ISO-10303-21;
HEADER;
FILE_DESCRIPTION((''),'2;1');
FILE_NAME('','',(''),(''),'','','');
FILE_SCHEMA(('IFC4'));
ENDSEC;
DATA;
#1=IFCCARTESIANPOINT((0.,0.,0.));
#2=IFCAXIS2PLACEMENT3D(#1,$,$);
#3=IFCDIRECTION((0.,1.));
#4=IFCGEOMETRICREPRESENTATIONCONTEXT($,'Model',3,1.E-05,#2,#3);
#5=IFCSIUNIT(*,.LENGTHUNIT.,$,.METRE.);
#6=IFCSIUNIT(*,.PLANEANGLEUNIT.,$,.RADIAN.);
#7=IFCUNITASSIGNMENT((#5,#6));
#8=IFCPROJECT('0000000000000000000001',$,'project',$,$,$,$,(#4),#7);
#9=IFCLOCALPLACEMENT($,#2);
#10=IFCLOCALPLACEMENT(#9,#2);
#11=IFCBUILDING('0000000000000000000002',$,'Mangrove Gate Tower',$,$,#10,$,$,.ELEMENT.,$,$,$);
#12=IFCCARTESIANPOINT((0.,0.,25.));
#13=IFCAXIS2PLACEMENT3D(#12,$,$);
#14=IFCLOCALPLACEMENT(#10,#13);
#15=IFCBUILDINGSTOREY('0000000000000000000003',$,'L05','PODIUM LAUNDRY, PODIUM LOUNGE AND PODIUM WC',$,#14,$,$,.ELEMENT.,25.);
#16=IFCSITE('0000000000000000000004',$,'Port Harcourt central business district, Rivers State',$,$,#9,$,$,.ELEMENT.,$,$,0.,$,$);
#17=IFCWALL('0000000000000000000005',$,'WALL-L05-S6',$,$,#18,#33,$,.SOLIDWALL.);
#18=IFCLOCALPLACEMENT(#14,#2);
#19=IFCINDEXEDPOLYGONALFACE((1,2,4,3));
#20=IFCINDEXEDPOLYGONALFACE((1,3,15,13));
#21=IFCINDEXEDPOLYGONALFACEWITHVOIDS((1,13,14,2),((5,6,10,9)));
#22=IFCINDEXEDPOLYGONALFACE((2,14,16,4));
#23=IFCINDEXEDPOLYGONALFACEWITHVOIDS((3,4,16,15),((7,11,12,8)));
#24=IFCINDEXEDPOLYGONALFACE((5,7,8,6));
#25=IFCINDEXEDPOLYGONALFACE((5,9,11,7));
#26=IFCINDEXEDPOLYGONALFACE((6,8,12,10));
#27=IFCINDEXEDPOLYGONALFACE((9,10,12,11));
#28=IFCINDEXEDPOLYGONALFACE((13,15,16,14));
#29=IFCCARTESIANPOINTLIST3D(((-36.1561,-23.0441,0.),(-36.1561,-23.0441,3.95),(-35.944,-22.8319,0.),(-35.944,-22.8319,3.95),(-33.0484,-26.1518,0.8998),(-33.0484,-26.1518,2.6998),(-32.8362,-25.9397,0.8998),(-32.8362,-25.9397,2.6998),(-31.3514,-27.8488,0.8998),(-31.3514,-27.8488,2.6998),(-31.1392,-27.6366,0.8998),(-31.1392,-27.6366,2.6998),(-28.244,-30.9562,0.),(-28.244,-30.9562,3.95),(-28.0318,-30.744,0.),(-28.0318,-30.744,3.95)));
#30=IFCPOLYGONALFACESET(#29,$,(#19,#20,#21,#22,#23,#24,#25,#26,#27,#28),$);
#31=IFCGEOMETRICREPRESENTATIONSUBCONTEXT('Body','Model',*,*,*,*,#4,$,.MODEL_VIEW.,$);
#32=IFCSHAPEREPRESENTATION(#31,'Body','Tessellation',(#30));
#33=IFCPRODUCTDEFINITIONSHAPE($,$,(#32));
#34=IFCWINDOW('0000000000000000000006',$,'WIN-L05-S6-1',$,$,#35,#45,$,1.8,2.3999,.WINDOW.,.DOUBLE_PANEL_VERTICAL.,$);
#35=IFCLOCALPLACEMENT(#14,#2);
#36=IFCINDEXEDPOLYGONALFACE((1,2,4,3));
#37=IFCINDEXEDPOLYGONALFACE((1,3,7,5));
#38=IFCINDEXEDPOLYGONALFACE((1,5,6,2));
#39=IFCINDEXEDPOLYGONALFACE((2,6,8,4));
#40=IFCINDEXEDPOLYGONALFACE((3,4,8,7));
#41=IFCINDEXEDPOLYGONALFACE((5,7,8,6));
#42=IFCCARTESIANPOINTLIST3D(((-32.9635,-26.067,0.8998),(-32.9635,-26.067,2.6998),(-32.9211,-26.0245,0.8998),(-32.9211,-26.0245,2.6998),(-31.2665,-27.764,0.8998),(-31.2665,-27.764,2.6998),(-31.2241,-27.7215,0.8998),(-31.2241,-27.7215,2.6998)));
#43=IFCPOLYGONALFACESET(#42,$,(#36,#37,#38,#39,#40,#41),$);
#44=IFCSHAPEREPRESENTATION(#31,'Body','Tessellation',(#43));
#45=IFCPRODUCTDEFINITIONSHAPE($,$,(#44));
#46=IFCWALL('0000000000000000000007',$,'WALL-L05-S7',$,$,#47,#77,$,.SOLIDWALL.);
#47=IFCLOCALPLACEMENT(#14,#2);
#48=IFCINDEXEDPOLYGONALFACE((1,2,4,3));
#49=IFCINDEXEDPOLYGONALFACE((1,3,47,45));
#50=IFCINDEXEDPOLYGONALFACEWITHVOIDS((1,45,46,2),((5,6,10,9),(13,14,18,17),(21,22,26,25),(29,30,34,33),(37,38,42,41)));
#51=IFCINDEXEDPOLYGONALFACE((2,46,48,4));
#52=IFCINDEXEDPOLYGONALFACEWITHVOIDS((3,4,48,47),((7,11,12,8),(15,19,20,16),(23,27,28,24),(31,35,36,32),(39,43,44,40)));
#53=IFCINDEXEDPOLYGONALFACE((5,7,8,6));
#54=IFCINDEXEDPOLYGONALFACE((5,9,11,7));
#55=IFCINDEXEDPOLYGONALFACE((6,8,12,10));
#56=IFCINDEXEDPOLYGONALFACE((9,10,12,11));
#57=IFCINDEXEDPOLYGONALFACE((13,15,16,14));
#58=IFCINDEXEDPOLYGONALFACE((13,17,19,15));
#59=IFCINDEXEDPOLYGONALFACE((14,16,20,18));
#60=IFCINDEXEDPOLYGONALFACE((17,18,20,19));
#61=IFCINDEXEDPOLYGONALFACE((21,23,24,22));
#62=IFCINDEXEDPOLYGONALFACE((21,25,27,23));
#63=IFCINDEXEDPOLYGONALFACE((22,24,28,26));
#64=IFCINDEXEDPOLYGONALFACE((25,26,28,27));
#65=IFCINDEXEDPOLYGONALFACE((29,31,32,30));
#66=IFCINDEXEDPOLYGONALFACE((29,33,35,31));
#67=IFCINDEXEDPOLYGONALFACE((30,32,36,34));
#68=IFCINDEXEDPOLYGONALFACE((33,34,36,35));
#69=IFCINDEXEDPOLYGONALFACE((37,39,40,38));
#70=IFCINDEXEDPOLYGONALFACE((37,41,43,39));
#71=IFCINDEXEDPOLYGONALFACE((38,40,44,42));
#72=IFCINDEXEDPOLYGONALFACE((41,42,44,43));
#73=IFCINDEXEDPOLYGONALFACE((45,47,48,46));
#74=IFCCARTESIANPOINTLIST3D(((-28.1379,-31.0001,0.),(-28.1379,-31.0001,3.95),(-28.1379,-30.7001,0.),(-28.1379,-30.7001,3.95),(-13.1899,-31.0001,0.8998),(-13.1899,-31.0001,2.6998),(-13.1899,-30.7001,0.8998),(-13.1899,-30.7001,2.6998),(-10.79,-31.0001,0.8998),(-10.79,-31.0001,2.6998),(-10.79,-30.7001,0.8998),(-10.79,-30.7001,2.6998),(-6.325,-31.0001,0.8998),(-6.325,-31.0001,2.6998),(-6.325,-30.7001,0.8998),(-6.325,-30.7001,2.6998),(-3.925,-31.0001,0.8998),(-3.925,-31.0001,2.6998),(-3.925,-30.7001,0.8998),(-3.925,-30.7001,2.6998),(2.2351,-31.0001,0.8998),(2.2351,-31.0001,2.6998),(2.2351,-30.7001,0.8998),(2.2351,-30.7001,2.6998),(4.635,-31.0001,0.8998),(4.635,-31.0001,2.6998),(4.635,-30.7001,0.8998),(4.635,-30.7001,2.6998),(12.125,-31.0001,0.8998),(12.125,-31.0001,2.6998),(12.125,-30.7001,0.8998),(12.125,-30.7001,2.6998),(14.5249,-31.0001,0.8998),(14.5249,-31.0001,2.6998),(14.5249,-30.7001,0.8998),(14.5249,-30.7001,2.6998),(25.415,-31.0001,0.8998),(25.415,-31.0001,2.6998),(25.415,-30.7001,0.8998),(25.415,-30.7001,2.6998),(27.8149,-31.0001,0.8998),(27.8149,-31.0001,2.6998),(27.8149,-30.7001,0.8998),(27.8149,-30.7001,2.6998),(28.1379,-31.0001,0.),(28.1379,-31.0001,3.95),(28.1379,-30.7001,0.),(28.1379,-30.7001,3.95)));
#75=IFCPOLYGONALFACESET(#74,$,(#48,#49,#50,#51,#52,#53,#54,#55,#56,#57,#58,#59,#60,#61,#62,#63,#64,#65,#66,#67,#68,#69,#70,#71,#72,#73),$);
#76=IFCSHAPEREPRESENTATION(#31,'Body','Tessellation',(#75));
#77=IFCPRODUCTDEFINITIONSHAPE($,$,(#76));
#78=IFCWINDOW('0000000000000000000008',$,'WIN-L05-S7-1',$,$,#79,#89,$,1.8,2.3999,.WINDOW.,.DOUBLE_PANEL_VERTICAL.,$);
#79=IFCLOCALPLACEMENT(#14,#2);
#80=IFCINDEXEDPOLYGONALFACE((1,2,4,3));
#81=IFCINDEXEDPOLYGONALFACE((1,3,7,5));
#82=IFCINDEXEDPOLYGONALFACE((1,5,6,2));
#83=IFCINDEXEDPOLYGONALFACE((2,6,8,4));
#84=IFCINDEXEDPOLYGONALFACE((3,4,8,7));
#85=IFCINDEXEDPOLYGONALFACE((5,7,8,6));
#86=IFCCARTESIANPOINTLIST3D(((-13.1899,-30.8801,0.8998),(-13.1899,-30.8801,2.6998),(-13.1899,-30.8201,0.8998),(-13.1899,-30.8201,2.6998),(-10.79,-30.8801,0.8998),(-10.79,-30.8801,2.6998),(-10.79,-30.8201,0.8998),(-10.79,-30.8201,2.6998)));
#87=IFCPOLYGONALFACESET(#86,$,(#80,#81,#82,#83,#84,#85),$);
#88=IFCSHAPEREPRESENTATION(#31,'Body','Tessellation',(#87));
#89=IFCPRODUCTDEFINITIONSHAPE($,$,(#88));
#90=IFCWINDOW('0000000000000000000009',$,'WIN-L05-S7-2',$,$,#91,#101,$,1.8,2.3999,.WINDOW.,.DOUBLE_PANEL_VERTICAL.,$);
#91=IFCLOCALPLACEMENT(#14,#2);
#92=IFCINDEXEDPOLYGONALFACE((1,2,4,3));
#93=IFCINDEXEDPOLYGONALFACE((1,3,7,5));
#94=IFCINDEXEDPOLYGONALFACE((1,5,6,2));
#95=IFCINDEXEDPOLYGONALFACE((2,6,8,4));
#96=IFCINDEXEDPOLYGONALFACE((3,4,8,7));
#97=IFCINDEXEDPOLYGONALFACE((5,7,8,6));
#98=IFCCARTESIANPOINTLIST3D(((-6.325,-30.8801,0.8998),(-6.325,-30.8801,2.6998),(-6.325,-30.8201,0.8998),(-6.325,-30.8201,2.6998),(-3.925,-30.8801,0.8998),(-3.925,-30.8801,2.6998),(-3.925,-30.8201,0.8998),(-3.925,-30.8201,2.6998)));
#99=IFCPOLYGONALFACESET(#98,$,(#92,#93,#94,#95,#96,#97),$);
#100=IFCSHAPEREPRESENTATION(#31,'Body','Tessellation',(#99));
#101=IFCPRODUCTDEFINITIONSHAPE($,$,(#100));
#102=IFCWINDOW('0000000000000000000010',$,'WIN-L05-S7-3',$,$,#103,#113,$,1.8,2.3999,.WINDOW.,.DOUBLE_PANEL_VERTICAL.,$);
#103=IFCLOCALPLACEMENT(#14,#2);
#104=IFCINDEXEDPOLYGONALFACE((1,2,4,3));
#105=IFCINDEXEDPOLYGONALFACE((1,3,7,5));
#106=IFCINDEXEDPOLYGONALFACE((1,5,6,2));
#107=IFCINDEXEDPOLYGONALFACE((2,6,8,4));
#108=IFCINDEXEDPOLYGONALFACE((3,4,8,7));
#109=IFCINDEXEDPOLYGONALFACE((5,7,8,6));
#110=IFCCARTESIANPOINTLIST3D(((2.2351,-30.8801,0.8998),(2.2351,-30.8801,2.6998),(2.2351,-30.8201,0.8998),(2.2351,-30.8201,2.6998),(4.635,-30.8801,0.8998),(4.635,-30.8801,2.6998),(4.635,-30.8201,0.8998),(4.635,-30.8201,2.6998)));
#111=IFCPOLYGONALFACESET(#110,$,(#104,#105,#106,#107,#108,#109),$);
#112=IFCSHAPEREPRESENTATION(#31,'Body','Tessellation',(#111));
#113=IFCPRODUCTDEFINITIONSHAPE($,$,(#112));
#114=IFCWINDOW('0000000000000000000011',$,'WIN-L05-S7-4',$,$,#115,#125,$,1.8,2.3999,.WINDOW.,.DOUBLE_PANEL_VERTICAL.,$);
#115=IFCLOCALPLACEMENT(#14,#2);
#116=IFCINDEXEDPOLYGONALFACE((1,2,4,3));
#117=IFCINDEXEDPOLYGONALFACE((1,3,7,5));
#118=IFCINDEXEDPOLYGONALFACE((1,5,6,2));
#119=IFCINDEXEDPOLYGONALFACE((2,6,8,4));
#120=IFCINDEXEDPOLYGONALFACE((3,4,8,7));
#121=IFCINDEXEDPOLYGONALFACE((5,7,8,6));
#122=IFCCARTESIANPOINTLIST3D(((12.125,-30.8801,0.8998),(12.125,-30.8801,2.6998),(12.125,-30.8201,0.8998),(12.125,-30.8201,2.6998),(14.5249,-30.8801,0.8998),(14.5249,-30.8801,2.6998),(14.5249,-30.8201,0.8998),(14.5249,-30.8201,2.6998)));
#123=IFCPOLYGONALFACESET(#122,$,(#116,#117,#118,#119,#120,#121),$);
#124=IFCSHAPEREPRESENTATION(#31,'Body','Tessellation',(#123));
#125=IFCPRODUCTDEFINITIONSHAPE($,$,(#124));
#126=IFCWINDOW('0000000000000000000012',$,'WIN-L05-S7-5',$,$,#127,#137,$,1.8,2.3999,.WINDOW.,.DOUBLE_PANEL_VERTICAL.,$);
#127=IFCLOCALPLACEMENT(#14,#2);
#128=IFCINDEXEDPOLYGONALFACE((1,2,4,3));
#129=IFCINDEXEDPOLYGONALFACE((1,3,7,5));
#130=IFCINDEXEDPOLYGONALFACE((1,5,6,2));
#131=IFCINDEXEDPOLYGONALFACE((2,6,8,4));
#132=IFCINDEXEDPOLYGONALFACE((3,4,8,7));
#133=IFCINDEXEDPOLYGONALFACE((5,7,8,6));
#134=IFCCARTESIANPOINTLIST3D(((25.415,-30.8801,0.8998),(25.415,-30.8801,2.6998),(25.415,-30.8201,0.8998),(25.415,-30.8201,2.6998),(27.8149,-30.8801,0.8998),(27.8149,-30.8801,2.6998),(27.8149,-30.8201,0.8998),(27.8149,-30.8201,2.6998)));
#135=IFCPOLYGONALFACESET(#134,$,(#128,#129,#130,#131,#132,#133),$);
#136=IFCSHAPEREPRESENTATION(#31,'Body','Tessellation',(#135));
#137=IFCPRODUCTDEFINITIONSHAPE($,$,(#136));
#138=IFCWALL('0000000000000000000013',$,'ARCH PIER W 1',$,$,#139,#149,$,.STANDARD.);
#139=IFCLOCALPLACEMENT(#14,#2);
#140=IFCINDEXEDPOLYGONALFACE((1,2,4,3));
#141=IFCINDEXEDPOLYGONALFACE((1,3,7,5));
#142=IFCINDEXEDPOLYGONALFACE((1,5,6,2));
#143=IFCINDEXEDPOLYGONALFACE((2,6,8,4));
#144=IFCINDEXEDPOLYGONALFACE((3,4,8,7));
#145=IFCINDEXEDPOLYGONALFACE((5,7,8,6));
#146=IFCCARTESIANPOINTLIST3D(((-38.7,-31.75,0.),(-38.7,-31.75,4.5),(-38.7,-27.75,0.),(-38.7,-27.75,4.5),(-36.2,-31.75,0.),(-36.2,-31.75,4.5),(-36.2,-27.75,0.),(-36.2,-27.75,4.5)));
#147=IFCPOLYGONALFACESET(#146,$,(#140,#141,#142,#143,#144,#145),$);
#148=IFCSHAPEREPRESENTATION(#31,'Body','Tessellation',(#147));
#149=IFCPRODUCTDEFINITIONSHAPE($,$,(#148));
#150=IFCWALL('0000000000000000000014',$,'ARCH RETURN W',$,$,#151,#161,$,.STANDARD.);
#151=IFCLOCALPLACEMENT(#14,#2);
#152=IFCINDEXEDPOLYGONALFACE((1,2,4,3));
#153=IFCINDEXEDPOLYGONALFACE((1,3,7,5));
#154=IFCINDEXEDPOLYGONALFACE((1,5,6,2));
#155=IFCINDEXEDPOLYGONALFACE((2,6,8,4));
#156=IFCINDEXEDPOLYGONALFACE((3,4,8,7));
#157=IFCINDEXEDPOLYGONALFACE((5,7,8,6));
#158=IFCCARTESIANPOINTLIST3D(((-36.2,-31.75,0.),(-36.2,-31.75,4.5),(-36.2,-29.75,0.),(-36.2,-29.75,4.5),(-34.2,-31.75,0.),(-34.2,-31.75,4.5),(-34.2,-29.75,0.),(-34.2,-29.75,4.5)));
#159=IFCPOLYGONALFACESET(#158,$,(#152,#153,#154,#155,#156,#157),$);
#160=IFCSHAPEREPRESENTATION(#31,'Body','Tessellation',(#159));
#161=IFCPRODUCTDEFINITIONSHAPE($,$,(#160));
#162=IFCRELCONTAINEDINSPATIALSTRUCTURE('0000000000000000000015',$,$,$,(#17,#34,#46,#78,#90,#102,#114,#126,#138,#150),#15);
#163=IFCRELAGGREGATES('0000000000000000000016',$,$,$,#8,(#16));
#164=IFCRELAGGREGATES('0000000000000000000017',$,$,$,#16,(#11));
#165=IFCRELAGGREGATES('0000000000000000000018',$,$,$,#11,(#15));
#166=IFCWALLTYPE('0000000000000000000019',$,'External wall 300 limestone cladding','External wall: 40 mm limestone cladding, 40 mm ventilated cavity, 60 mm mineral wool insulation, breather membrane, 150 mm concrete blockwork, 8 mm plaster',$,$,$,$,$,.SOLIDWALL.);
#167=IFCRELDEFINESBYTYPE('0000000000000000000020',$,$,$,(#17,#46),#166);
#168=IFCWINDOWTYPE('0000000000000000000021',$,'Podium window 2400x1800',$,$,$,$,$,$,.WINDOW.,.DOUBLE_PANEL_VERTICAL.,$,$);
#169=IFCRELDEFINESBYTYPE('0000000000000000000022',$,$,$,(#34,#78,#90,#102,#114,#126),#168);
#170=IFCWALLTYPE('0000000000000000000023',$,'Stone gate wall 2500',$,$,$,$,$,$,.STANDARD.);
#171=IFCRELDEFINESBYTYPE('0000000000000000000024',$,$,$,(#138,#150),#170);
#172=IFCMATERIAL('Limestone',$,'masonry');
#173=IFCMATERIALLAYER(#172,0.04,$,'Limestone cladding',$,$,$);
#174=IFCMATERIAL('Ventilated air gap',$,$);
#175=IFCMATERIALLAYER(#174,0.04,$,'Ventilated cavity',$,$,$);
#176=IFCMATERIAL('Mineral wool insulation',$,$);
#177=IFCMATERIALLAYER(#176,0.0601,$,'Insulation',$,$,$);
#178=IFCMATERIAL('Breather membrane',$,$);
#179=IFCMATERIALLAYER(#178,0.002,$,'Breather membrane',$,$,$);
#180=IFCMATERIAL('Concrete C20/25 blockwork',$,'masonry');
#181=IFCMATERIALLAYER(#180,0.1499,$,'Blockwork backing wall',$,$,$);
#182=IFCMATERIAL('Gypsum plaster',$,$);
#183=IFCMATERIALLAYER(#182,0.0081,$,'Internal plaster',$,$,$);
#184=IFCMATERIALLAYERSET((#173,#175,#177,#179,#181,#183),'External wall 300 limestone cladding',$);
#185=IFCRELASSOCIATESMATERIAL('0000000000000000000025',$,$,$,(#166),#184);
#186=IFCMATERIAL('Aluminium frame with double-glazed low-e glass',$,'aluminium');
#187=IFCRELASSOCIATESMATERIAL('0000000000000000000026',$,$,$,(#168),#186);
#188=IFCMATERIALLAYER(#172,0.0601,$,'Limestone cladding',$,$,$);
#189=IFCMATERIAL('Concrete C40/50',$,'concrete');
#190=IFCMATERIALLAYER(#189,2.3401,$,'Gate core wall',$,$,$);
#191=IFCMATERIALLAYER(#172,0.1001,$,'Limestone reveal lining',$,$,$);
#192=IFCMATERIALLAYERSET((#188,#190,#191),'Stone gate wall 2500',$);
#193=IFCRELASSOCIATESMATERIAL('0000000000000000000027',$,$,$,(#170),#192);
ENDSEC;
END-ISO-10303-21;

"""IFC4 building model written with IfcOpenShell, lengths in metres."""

from ifc_helpers import new_model, si_unit, direction, frame, frame_2d, origin, place, context, subcontext, project, spatial, rectangle, extrude, material, layer, layer_set, type_object, element, fill, save


model = new_model("IFC4")

# Units and contexts
model_context = context("Model", 3, precision=1e-05, world=origin(), true_north=direction((0.0, 1.0)))
body_context = subcontext(model_context, "Body", "Model", "MODEL_VIEW")
ifc_project = project(units=[si_unit("LENGTHUNIT", "METRE"), si_unit("PLANEANGLEUNIT", "RADIAN")], contexts=[model_context])

# Site, building, storey
site_placement = place(None, origin())
site = spatial("IfcSite", under=ifc_project, at=site_placement, Name="Port Harcourt central business district, Rivers State", CompositionType="ELEMENT", RefElevation=0.0)
building_placement = place(site_placement, origin())
building = spatial("IfcBuilding", under=site, at=building_placement, Name="Mangrove Gate Tower", CompositionType="ELEMENT")
storey_placement = place(building_placement, frame((0.0, 0.0, 25.0)))
storey = spatial("IfcBuildingStorey", under=building, at=storey_placement, Name="L05", Description="PODIUM LAUNDRY, PODIUM LOUNGE AND PODIUM WC", CompositionType="ELEMENT", Elevation=25.0)

# Wall, opening, window
ifc_material_1 = material(Name="Limestone", Category="masonry")
ifc_layer_1 = layer(ifc_material_1, 0.04, Name="Limestone cladding")
ifc_material_2 = material(Name="Ventilated air gap")
ifc_layer_2 = layer(ifc_material_2, 0.04, Name="Ventilated cavity")
ifc_material_3 = material(Name="Mineral wool insulation")
ifc_layer_3 = layer(ifc_material_3, 0.0601, Name="Insulation")
ifc_material_4 = material(Name="Breather membrane")
ifc_layer_4 = layer(ifc_material_4, 0.002, Name="Breather membrane")
ifc_material_5 = material(Name="Concrete C20/25 blockwork", Category="masonry")
ifc_layer_5 = layer(ifc_material_5, 0.1499, Name="Blockwork backing wall")
ifc_material_6 = material(Name="Gypsum plaster")
ifc_layer_6 = layer(ifc_material_6, 0.0081, Name="Internal plaster")
ifc_layer_set_1 = layer_set([ifc_layer_1, ifc_layer_2, ifc_layer_3, ifc_layer_4, ifc_layer_5, ifc_layer_6], Name="External wall 300 limestone cladding")
wall_type_1 = type_object("IfcWallType", Name="External wall 300 limestone cladding", Description="External wall: 40 mm limestone cladding, 40 mm ventilated cavity, 60 mm mineral wool insulation, breather membrane, 150 mm concrete blockwork, 8 mm plaster", PredefinedType="SOLIDWALL", material=ifc_layer_set_1)
wall_1_placement = place(storey_placement, frame((-36.05, -22.938, 0.0), z_axis=(0.0, 0.0, 1.0), x_axis=(0.707107, -0.707107, 0.0)))
wall_1 = element("IfcWall", 1, at=wall_1_placement, inside=storey, type_object=wall_type_1, Name="WALL-L05-S6", PredefinedType="SOLIDWALL", context=body_context, shape_type="SweptSolid", body=[
    extrude(rectangle(XDim=11.1895, YDim=0.3, at=frame_2d((5.5947, 0.0))), origin(), (0.0, 0.0, 1.0), 3.95),
])
opening_1_placement = place(wall_1_placement, frame((4.395, 0.0, 0.8999)))
opening_1 = element("IfcOpeningElement", 2, at=opening_1_placement, cuts=wall_1, PredefinedType="OPENING", context=body_context, shape_type="SweptSolid", body=[
    extrude(rectangle(XDim=2.3999, YDim=1.8, at=frame_2d((1.2, 0.8999))), frame((0.0, 0.1599, 0.0), z_axis=(0.0, -1.0, 0.0), x_axis=(1.0, 0.0, 0.0)), (0.0, 0.0, 1.0), 0.3201),
])
ifc_material_7 = material(Name="Aluminium frame with double-glazed low-e glass", Category="aluminium")
window_type = type_object("IfcWindowType", Name="Podium window 2400x1800", PartitioningType="DOUBLE_PANEL_VERTICAL", PredefinedType="WINDOW", material=ifc_material_7)
window_1_placement = place(opening_1_placement, origin())
window_1 = element("IfcWindow", 3, at=window_1_placement, inside=storey, type_object=window_type, Name="WIN-L05-S6-1", OverallHeight=1.8, OverallWidth=2.3999, PartitioningType="DOUBLE_PANEL_VERTICAL", PredefinedType="WINDOW", context=body_context, shape_type="SweptSolid", body=[
    extrude(rectangle(XDim=2.3999, YDim=1.8, at=frame_2d((1.2, 0.8999))), frame((0.0, 0.03, 0.0), z_axis=(0.0, -1.0, 0.0), x_axis=(1.0, 0.0, 0.0)), (0.0, 0.0, 1.0), 0.0601),
])
fill(opening_1, window_1)

# Wall, openings, windows
wall_2_placement = place(storey_placement, frame((-28.1379, -30.8501, 0.0), z_axis=(0.0, 0.0, 1.0), x_axis=(1.0, 0.0, 0.0)))
wall_2 = element("IfcWall", 4, at=wall_2_placement, inside=storey, type_object=wall_type_1, Name="WALL-L05-S7", PredefinedType="SOLIDWALL", context=body_context, shape_type="SweptSolid", body=[
    extrude(rectangle(XDim=56.2759, YDim=0.3, at=frame_2d((28.1379, 0.0))), origin(), (0.0, 0.0, 1.0), 3.95),
])
opening_2_placement = place(wall_2_placement, frame((14.948, 0.0, 0.8999)))
opening_2 = element("IfcOpeningElement", 5, at=opening_2_placement, cuts=wall_2, PredefinedType="OPENING", context=body_context, shape_type="SweptSolid", body=[
    extrude(rectangle(XDim=2.3999, YDim=1.8, at=frame_2d((1.2, 0.8999))), frame((0.0, 0.1599, 0.0), z_axis=(0.0, -1.0, 0.0), x_axis=(1.0, 0.0, 0.0)), (0.0, 0.0, 1.0), 0.3201),
])
opening_3_placement = place(wall_2_placement, frame((21.813, 0.0, 0.8999)))
opening_3 = element("IfcOpeningElement", 6, at=opening_3_placement, cuts=wall_2, PredefinedType="OPENING", context=body_context, shape_type="SweptSolid", body=[
    extrude(rectangle(XDim=2.3999, YDim=1.8, at=frame_2d((1.2, 0.8999))), frame((0.0, 0.1599, 0.0), z_axis=(0.0, -1.0, 0.0), x_axis=(1.0, 0.0, 0.0)), (0.0, 0.0, 1.0), 0.3201),
])
opening_4_placement = place(wall_2_placement, frame((30.373, 0.0, 0.8999)))
opening_4 = element("IfcOpeningElement", 7, at=opening_4_placement, cuts=wall_2, PredefinedType="OPENING", context=body_context, shape_type="SweptSolid", body=[
    extrude(rectangle(XDim=2.3999, YDim=1.8, at=frame_2d((1.2, 0.8999))), frame((0.0, 0.1599, 0.0), z_axis=(0.0, -1.0, 0.0), x_axis=(1.0, 0.0, 0.0)), (0.0, 0.0, 1.0), 0.3201),
])
opening_5_placement = place(wall_2_placement, frame((40.2629, 0.0, 0.8999)))
opening_5 = element("IfcOpeningElement", 8, at=opening_5_placement, cuts=wall_2, PredefinedType="OPENING", context=body_context, shape_type="SweptSolid", body=[
    extrude(rectangle(XDim=2.3999, YDim=1.8, at=frame_2d((1.2, 0.8999))), frame((0.0, 0.1599, 0.0), z_axis=(0.0, -1.0, 0.0), x_axis=(1.0, 0.0, 0.0)), (0.0, 0.0, 1.0), 0.3201),
])
opening_6_placement = place(wall_2_placement, frame((53.553, 0.0, 0.8999)))
opening_6 = element("IfcOpeningElement", 9, at=opening_6_placement, cuts=wall_2, PredefinedType="OPENING", context=body_context, shape_type="SweptSolid", body=[
    extrude(rectangle(XDim=2.3999, YDim=1.8, at=frame_2d((1.2, 0.8999))), frame((0.0, 0.1599, 0.0), z_axis=(0.0, -1.0, 0.0), x_axis=(1.0, 0.0, 0.0)), (0.0, 0.0, 1.0), 0.3201),
])
window_2_placement = place(opening_2_placement, origin())
window_2 = element("IfcWindow", 10, at=window_2_placement, inside=storey, type_object=window_type, Name="WIN-L05-S7-1", OverallHeight=1.8, OverallWidth=2.3999, PartitioningType="DOUBLE_PANEL_VERTICAL", PredefinedType="WINDOW", context=body_context, shape_type="SweptSolid", body=[
    extrude(rectangle(XDim=2.3999, YDim=1.8, at=frame_2d((1.2, 0.8999))), frame((0.0, 0.03, 0.0), z_axis=(0.0, -1.0, 0.0), x_axis=(1.0, 0.0, 0.0)), (0.0, 0.0, 1.0), 0.0601),
])
fill(opening_2, window_2)
window_3_placement = place(opening_3_placement, origin())
window_3 = element("IfcWindow", 11, at=window_3_placement, inside=storey, type_object=window_type, Name="WIN-L05-S7-2", OverallHeight=1.8, OverallWidth=2.3999, PartitioningType="DOUBLE_PANEL_VERTICAL", PredefinedType="WINDOW", context=body_context, shape_type="SweptSolid", body=[
    extrude(rectangle(XDim=2.3999, YDim=1.8, at=frame_2d((1.2, 0.8999))), frame((0.0, 0.03, 0.0), z_axis=(0.0, -1.0, 0.0), x_axis=(1.0, 0.0, 0.0)), (0.0, 0.0, 1.0), 0.0601),
])
fill(opening_3, window_3)
window_4_placement = place(opening_4_placement, origin())
window_4 = element("IfcWindow", 12, at=window_4_placement, inside=storey, type_object=window_type, Name="WIN-L05-S7-3", OverallHeight=1.8, OverallWidth=2.3999, PartitioningType="DOUBLE_PANEL_VERTICAL", PredefinedType="WINDOW", context=body_context, shape_type="SweptSolid", body=[
    extrude(rectangle(XDim=2.3999, YDim=1.8, at=frame_2d((1.2, 0.8999))), frame((0.0, 0.03, 0.0), z_axis=(0.0, -1.0, 0.0), x_axis=(1.0, 0.0, 0.0)), (0.0, 0.0, 1.0), 0.0601),
])
fill(opening_4, window_4)
window_5_placement = place(opening_5_placement, origin())
window_5 = element("IfcWindow", 13, at=window_5_placement, inside=storey, type_object=window_type, Name="WIN-L05-S7-4", OverallHeight=1.8, OverallWidth=2.3999, PartitioningType="DOUBLE_PANEL_VERTICAL", PredefinedType="WINDOW", context=body_context, shape_type="SweptSolid", body=[
    extrude(rectangle(XDim=2.3999, YDim=1.8, at=frame_2d((1.2, 0.8999))), frame((0.0, 0.03, 0.0), z_axis=(0.0, -1.0, 0.0), x_axis=(1.0, 0.0, 0.0)), (0.0, 0.0, 1.0), 0.0601),
])
fill(opening_5, window_5)
window_6_placement = place(opening_6_placement, origin())
window_6 = element("IfcWindow", 14, at=window_6_placement, inside=storey, type_object=window_type, Name="WIN-L05-S7-5", OverallHeight=1.8, OverallWidth=2.3999, PartitioningType="DOUBLE_PANEL_VERTICAL", PredefinedType="WINDOW", context=body_context, shape_type="SweptSolid", body=[
    extrude(rectangle(XDim=2.3999, YDim=1.8, at=frame_2d((1.2, 0.8999))), frame((0.0, 0.03, 0.0), z_axis=(0.0, -1.0, 0.0), x_axis=(1.0, 0.0, 0.0)), (0.0, 0.0, 1.0), 0.0601),
])
fill(opening_6, window_6)

# Walls
ifc_layer_7 = layer(ifc_material_1, 0.0601, Name="Limestone cladding")
ifc_material_8 = material(Name="Concrete C40/50", Category="concrete")
ifc_layer_8 = layer(ifc_material_8, 2.3401, Name="Gate core wall")
ifc_layer_9 = layer(ifc_material_1, 0.1001, Name="Limestone reveal lining")
ifc_layer_set_2 = layer_set([ifc_layer_7, ifc_layer_8, ifc_layer_9], Name="Stone gate wall 2500")
wall_type_2 = type_object("IfcWallType", Name="Stone gate wall 2500", PredefinedType="STANDARD", material=ifc_layer_set_2)
wall_3_placement = place(storey_placement, frame((-37.45, -31.75, 0.0), z_axis=(0.0, 0.0, 1.0), x_axis=(0.0, 1.0, 0.0)))
element("IfcWall", 15, at=wall_3_placement, inside=storey, type_object=wall_type_2, Name="ARCH PIER W 1", PredefinedType="STANDARD", context=body_context, shape_type="SweptSolid", body=[
    extrude(rectangle(XDim=4.0, YDim=2.5, at=frame_2d((2.0, 0.0))), origin(), (0.0, 0.0, 1.0), 4.5),
])
wall_4_placement = place(storey_placement, frame((-34.2, -30.75, 0.0), z_axis=(0.0, 0.0, 1.0), x_axis=(-1.0, 0.0, 0.0)))
element("IfcWall", 16, at=wall_4_placement, inside=storey, type_object=wall_type_2, Name="ARCH RETURN W", PredefinedType="STANDARD", context=body_context, shape_type="SweptSolid", body=[
    extrude(rectangle(XDim=2.0, YDim=2.0, at=frame_2d((1.0, 0.0))), origin(), (0.0, 0.0, 1.0), 4.5),
])

save(model, "model.ifc")
